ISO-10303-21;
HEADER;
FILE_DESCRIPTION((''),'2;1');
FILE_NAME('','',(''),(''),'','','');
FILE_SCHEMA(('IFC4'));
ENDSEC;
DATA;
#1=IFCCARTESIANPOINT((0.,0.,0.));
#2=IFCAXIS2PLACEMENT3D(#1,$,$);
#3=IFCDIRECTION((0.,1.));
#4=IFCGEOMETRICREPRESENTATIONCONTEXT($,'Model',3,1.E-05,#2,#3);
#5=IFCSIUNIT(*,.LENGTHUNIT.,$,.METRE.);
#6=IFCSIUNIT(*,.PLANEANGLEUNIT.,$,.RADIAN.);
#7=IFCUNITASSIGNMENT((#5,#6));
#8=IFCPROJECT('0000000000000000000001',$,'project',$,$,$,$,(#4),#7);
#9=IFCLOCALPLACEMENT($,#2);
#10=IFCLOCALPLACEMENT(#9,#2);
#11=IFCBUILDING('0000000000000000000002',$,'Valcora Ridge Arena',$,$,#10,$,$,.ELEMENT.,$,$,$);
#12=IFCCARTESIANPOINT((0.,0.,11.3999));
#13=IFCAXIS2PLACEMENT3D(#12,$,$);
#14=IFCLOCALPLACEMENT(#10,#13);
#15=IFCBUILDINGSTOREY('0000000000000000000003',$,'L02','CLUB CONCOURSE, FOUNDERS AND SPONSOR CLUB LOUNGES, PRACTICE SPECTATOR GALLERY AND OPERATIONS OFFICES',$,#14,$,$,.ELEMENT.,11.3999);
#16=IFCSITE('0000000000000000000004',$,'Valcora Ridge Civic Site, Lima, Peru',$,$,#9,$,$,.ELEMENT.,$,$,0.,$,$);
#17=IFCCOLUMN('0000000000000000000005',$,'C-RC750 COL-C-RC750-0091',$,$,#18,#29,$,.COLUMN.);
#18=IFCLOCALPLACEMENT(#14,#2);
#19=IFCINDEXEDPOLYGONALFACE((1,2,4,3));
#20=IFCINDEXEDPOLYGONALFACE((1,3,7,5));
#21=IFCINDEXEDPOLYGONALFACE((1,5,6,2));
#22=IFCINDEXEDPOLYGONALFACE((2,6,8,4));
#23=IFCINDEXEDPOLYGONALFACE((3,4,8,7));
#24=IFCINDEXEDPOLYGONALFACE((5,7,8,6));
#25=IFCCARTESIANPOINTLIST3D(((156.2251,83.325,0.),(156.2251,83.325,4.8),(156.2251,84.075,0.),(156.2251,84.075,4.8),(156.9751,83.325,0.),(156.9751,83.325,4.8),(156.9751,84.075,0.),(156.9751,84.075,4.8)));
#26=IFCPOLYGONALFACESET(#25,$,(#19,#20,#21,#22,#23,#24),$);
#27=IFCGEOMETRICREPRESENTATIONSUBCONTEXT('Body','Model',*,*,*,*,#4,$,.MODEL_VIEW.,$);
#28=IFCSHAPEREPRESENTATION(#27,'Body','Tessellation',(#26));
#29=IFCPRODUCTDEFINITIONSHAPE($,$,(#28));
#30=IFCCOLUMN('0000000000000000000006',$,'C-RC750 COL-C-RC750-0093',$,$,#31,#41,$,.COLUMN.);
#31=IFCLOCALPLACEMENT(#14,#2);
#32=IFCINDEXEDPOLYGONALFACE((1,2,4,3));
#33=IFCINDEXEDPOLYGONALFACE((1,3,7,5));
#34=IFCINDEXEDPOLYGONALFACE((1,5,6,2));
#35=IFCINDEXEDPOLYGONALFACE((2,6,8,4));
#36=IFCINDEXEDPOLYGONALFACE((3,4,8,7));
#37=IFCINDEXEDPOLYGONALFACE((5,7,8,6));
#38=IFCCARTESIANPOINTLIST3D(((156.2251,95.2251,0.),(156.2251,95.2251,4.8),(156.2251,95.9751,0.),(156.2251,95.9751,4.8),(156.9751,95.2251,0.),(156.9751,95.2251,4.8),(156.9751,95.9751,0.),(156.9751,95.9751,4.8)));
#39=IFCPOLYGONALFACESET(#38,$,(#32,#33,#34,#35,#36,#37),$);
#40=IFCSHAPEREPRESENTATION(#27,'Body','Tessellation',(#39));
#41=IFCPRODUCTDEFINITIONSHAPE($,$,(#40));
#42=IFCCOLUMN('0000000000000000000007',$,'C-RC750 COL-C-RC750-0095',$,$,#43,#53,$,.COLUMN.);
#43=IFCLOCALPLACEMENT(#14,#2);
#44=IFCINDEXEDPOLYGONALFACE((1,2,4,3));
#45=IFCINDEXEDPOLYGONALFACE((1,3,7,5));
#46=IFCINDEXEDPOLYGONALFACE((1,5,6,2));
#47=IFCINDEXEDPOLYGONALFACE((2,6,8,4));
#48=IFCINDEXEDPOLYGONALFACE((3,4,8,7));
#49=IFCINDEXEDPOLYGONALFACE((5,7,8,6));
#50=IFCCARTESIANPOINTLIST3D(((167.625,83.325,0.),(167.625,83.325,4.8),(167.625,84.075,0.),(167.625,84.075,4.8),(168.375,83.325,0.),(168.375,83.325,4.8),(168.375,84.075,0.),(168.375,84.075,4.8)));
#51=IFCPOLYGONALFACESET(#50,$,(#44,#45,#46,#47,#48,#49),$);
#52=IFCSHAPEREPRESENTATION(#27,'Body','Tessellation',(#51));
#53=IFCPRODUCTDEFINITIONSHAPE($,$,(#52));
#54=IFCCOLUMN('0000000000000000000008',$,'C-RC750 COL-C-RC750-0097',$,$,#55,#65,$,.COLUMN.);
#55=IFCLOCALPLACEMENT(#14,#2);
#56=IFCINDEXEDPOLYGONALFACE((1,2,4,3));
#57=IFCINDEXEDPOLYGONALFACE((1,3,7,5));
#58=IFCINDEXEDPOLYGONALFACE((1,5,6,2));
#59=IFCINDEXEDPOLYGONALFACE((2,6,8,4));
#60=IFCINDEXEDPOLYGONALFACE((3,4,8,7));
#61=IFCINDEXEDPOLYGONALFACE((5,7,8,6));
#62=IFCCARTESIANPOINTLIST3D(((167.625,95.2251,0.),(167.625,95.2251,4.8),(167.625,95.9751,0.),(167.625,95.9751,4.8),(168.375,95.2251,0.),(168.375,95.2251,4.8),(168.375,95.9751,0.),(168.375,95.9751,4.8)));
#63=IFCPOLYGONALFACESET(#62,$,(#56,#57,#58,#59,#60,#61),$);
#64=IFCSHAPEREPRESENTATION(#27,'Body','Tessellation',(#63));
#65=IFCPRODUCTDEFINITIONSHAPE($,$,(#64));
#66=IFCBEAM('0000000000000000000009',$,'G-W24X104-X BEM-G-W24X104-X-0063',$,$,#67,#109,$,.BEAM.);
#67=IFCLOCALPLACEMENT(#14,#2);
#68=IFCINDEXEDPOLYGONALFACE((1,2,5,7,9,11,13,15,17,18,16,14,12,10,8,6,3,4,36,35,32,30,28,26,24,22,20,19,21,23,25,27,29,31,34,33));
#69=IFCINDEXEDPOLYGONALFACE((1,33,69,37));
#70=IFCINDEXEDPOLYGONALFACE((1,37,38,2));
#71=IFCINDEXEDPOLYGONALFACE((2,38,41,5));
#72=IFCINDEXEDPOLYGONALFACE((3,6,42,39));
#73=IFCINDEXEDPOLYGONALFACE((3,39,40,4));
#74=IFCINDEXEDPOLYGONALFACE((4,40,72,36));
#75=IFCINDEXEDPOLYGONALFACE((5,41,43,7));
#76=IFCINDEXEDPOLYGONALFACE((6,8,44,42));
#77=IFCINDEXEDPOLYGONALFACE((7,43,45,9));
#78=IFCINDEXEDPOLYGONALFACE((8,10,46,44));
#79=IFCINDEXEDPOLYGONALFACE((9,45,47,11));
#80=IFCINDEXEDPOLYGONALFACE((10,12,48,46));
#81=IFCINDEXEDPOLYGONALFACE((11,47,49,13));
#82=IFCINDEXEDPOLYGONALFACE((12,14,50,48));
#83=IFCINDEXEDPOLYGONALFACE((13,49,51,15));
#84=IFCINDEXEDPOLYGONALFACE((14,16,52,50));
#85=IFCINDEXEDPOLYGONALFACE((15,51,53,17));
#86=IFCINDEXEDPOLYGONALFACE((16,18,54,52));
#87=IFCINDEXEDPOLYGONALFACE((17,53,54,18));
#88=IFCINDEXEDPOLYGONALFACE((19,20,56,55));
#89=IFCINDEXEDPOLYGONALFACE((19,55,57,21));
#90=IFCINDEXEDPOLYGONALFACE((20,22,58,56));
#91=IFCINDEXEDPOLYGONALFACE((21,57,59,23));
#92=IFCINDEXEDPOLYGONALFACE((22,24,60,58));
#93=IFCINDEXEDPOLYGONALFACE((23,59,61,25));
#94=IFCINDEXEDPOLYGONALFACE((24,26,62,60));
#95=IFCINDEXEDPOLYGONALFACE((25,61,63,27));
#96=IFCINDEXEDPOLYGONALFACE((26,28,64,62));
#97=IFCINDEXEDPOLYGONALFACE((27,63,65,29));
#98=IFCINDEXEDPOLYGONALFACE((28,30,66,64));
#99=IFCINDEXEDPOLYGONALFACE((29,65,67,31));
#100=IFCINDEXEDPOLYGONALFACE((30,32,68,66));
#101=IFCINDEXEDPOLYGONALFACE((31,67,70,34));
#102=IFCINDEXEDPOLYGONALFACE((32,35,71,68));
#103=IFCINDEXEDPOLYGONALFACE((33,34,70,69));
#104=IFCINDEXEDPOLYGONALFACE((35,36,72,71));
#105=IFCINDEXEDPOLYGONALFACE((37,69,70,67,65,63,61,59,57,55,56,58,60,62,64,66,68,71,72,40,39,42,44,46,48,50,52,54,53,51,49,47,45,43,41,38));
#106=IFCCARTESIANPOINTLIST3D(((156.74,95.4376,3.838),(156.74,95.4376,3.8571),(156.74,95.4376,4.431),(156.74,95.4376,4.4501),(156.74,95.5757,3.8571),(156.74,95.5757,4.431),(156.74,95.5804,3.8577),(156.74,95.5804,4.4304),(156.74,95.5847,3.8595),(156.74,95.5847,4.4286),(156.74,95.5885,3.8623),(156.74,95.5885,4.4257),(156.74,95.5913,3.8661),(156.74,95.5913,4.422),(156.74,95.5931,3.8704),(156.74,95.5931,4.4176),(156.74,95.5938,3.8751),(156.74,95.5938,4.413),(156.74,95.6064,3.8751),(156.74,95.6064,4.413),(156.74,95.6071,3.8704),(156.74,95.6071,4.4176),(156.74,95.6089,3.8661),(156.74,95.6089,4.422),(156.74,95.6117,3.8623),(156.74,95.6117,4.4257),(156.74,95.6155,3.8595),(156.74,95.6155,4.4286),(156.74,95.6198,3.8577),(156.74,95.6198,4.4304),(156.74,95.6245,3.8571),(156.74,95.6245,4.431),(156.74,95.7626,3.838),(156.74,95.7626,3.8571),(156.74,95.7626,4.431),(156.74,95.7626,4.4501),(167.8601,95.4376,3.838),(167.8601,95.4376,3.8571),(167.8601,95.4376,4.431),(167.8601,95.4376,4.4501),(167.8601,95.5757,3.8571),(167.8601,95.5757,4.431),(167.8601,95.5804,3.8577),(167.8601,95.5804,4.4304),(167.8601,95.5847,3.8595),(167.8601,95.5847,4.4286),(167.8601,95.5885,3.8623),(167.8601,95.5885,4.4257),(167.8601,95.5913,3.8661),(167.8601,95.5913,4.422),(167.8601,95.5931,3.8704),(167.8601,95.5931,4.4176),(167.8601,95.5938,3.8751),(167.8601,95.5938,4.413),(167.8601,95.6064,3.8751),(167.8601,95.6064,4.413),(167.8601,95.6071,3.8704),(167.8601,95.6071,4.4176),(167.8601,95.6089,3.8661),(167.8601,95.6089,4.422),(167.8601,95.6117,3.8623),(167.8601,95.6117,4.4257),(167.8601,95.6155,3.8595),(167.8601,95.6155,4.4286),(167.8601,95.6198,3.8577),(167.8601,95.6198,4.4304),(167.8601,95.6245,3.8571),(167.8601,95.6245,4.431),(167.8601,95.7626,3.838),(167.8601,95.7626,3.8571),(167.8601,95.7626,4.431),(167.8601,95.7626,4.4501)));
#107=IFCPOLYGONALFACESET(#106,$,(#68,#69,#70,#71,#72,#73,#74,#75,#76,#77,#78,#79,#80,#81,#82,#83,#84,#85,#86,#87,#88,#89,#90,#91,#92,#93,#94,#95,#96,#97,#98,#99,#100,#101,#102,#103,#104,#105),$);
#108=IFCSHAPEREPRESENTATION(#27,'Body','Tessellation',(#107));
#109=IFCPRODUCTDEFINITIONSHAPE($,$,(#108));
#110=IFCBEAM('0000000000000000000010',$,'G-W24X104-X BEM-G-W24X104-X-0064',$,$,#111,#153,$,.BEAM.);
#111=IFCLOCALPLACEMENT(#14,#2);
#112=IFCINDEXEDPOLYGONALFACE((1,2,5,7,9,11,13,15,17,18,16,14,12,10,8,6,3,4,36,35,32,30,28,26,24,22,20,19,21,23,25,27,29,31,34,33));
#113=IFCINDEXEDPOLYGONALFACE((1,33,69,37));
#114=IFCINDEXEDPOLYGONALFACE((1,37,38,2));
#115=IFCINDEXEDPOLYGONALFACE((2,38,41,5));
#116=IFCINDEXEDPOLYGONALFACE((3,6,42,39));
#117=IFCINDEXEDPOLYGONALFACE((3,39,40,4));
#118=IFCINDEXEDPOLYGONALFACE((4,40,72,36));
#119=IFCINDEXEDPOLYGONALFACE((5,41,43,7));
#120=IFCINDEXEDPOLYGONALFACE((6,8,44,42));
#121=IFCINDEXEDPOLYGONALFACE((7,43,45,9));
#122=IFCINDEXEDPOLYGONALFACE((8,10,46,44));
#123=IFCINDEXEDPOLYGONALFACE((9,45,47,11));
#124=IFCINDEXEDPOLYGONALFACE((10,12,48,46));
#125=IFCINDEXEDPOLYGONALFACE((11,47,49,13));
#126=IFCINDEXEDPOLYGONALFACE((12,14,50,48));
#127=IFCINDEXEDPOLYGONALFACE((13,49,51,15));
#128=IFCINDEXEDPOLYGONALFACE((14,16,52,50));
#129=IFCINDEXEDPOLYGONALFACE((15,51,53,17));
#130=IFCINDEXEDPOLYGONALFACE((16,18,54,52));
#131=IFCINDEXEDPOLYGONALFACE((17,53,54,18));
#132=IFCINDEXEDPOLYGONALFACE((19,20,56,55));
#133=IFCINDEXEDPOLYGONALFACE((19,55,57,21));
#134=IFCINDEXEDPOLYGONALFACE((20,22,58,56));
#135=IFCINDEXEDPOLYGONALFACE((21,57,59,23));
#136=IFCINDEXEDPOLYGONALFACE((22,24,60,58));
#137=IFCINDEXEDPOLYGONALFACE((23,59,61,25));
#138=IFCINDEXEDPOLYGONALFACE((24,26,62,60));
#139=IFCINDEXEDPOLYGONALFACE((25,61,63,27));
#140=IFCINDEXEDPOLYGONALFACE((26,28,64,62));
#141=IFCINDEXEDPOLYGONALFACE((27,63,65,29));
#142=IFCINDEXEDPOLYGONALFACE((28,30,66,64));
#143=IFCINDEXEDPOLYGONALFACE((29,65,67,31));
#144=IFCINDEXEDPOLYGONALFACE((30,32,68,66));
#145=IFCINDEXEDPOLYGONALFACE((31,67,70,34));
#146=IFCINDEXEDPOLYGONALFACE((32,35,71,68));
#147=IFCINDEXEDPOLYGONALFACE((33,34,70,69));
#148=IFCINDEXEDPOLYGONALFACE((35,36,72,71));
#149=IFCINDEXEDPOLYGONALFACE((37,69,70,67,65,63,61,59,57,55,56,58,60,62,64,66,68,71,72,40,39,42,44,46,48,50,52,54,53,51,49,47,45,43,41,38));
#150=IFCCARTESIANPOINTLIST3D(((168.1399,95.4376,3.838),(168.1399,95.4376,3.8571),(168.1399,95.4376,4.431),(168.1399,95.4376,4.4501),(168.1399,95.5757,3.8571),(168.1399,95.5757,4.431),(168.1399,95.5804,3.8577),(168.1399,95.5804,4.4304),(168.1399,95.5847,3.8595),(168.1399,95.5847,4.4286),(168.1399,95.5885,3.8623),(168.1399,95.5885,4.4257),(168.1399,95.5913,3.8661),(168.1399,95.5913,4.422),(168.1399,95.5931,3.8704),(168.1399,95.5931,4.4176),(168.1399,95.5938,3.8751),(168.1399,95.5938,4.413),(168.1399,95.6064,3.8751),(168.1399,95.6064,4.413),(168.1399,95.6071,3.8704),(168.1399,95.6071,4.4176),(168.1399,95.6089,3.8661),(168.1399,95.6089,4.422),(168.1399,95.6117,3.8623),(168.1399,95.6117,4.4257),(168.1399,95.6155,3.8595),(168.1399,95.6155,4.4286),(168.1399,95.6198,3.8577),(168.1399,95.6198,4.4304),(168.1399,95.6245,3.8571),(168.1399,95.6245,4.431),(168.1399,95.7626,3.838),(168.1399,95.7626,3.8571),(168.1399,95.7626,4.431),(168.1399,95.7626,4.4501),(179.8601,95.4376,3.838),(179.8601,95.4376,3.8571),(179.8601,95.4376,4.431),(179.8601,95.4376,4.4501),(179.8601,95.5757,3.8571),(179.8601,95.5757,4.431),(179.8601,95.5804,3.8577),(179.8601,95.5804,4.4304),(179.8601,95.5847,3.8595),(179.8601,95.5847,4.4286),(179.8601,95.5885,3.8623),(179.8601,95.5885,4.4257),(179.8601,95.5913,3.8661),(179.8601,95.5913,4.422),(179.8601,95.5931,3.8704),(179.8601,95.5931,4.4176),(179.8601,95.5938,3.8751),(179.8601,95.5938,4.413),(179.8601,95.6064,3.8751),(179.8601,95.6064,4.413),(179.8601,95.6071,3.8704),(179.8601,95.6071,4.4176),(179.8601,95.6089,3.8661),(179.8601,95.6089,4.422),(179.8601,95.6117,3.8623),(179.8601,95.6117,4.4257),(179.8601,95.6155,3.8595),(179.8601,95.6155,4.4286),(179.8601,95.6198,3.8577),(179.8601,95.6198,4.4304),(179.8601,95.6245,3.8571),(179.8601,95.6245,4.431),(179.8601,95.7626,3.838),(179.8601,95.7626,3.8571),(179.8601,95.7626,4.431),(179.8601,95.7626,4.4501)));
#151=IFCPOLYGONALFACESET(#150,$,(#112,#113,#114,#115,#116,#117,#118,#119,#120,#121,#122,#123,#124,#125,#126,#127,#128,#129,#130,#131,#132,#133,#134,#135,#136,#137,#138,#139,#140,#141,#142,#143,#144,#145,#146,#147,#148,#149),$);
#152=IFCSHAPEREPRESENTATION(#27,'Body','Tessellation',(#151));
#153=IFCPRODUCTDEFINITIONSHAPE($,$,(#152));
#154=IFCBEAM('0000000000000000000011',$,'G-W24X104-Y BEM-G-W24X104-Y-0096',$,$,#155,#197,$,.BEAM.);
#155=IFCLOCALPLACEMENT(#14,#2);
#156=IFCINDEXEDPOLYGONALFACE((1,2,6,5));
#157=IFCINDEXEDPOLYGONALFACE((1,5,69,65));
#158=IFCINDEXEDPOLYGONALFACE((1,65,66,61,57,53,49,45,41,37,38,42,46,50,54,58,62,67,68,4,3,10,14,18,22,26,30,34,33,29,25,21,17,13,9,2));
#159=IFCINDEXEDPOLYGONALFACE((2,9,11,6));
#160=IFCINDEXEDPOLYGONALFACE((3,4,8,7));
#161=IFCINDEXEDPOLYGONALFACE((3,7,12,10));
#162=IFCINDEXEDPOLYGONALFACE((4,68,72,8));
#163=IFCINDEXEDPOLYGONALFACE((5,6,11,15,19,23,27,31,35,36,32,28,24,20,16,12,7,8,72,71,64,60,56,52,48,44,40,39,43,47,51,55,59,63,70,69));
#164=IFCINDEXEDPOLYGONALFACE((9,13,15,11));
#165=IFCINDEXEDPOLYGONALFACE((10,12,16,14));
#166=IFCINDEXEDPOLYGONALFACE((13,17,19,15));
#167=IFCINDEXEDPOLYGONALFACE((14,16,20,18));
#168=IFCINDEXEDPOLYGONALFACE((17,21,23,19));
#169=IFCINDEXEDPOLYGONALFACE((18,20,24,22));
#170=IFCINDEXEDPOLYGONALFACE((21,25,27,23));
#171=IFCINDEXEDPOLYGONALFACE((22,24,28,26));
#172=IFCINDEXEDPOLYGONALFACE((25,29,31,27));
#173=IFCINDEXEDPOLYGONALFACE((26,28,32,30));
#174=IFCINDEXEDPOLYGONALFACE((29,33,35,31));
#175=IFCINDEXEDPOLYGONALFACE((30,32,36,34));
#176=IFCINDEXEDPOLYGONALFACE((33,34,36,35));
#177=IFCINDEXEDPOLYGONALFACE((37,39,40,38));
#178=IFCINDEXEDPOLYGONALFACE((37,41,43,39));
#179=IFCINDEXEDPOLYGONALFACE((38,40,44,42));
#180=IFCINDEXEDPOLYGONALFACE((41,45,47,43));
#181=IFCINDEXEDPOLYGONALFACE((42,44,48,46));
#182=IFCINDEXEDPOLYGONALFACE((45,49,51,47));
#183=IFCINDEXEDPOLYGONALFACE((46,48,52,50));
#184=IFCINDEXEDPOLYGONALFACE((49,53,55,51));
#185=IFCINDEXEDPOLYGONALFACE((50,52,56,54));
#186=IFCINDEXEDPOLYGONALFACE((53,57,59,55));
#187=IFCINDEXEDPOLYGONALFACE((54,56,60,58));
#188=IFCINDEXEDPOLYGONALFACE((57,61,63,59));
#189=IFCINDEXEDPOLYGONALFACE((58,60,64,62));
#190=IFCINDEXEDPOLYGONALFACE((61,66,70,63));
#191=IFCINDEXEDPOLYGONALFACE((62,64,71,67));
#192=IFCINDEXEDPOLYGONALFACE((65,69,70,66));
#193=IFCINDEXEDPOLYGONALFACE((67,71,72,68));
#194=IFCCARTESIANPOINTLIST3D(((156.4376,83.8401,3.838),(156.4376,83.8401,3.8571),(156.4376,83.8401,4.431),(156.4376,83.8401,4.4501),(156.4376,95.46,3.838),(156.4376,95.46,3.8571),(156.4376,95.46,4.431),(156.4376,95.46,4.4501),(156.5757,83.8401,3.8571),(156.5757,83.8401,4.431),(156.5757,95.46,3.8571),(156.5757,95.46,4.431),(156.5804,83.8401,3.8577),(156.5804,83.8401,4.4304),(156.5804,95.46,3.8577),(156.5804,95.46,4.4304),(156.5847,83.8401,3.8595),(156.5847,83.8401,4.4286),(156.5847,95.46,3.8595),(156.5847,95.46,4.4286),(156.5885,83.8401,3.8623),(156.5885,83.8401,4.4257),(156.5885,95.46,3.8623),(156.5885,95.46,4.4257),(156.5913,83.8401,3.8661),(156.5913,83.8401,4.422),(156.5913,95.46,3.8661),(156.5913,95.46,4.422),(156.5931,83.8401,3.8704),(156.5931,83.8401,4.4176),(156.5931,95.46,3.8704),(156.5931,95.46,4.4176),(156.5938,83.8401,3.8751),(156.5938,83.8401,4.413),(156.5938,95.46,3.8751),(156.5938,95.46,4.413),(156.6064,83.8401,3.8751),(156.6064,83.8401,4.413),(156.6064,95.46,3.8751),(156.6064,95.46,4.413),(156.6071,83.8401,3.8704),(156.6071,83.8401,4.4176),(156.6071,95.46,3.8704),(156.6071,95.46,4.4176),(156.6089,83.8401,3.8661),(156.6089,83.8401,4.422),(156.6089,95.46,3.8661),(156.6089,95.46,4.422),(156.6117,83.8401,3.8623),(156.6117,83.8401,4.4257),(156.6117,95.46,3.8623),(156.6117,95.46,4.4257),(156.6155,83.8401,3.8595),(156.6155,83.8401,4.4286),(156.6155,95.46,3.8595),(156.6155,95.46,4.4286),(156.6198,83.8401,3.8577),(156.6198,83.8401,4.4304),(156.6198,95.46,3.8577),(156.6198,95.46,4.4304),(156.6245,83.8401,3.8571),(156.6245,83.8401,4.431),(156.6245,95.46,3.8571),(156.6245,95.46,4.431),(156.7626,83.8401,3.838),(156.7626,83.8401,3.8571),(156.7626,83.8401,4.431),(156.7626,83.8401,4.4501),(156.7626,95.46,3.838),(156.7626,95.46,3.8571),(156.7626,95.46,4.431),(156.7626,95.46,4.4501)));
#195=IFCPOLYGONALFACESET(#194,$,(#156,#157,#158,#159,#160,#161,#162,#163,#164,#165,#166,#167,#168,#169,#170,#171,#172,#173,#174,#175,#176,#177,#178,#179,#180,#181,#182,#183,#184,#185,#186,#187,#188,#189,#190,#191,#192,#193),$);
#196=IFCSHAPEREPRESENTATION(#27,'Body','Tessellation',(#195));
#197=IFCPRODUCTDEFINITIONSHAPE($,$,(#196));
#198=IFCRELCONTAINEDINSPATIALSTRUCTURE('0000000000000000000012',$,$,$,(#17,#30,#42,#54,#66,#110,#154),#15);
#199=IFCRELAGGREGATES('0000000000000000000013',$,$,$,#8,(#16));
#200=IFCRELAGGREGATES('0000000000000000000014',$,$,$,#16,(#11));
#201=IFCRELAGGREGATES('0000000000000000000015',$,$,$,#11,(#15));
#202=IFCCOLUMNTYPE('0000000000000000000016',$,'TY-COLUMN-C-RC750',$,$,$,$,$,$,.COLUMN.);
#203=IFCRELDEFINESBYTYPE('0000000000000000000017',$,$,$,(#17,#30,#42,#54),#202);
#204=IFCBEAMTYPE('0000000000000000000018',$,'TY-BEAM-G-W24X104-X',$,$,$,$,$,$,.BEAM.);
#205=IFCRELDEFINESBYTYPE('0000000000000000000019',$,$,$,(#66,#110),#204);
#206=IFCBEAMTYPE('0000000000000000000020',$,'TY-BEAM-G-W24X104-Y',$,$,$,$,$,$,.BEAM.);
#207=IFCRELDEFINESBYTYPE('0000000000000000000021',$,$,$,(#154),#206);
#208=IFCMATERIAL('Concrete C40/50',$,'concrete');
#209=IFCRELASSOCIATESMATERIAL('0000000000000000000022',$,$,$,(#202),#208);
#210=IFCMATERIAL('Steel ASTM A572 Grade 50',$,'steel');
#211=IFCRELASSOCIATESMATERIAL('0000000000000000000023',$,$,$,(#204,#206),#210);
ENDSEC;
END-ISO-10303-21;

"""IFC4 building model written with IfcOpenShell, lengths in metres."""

from ifc_helpers import new_model, si_unit, direction, frame, origin, origin_2d, place, context, subcontext, project, spatial, rectangle, i_section, extrude, material, material_profile, profile_set, type_object, element, save


model = new_model("IFC4")

# Units and contexts
model_context = context("Model", 3, precision=1e-05, world=origin(), true_north=direction((0.0, 1.0)))
body_context = subcontext(model_context, "Body", "Model", "MODEL_VIEW")
ifc_project = project(units=[si_unit("LENGTHUNIT", "METRE"), si_unit("PLANEANGLEUNIT", "RADIAN")], contexts=[model_context])

# Site, building, storey
site_placement = place(None, origin())
site = spatial("IfcSite", under=ifc_project, at=site_placement, Name="Valcora Ridge Civic Site, Lima, Peru", CompositionType="ELEMENT", RefElevation=0.0)
building_placement = place(site_placement, origin())
building = spatial("IfcBuilding", under=site, at=building_placement, Name="Valcora Ridge Arena", CompositionType="ELEMENT")
storey_placement = place(building_placement, frame((0.0, 0.0, 11.3999)))
storey = spatial("IfcBuildingStorey", under=building, at=storey_placement, Name="L02", Description="CLUB CONCOURSE, FOUNDERS AND SPONSOR CLUB LOUNGES, PRACTICE SPECTATOR GALLERY AND OPERATIONS OFFICES", CompositionType="ELEMENT", Elevation=11.3999)

# Columns
ifc_material_1 = material(Name="Concrete C40/50", Category="concrete")
ifc_material_profile_1 = material_profile(ifc_material_1, rectangle(XDim=0.75, YDim=0.75, at=origin_2d()), Name="RC 750x750")
ifc_profile_set_1 = profile_set([ifc_material_profile_1], Name="Concrete C40/50")
column_type = type_object("IfcColumnType", Name="TY-COLUMN-C-RC750", PredefinedType="COLUMN", material=ifc_profile_set_1)
for number, where, z_axis, x_axis, name in (
    (1, (156.6001, 83.7, 0.0), (0.0, 0.0, 1.0), (1.0, 0.0, 0.0), "C-RC750 COL-C-RC750-0091"),
    (2, (156.6001, 95.6001, 0.0), (0.0, 0.0, 1.0), (1.0, 0.0, 0.0), "C-RC750 COL-C-RC750-0093"),
    (3, (168.0, 83.7, 0.0), (0.0, 0.0, 1.0), (1.0, 0.0, 0.0), "C-RC750 COL-C-RC750-0095"),
    (4, (168.0, 95.6001, 0.0), (0.0, 0.0, 1.0), (1.0, 0.0, 0.0), "C-RC750 COL-C-RC750-0097"),
):
    element("IfcColumn", number, at=place(storey_placement, frame(where, z_axis=z_axis, x_axis=x_axis)), inside=storey, type_object=column_type, Name=name, PredefinedType="COLUMN", context=body_context, shape_type="SweptSolid", body=[
        extrude(rectangle(XDim=0.75, YDim=0.75, at=origin_2d()), origin(), (0.0, 0.0, 1.0), 4.8),
    ])

# Beams
ifc_material_2 = material(Name="Steel ASTM A572 Grade 50", Category="steel")
ifc_material_profile_2 = material_profile(ifc_material_2, i_section(OverallWidth=0.325, OverallDepth=0.6121, WebThickness=0.0127, FlangeThickness=0.019, FilletRadius=0.0181, at=origin_2d()), Name="W24X104")
ifc_profile_set_2 = profile_set([ifc_material_profile_2], Name="Steel ASTM A572 Grade 50")
beam_type_1 = type_object("IfcBeamType", Name="TY-BEAM-G-W24X104-X", PredefinedType="BEAM", material=ifc_profile_set_2)
beam_1_placement = place(storey_placement, frame((156.74, 95.6001, 4.144), z_axis=(1.0, 0.0, 0.0), x_axis=(0.0, 1.0, 0.0)))
element("IfcBeam", 5, at=beam_1_placement, inside=storey, type_object=beam_type_1, Name="G-W24X104-X BEM-G-W24X104-X-0063", PredefinedType="BEAM", context=body_context, shape_type="SweptSolid", body=[
    extrude(i_section(OverallWidth=0.325, OverallDepth=0.6121, WebThickness=0.0127, FlangeThickness=0.019, FilletRadius=0.0181, at=origin_2d()), origin(), (0.0, 0.0, 1.0), 11.1201),
])
beam_2_placement = place(storey_placement, frame((168.1399, 95.6001, 4.144), z_axis=(1.0, 0.0, 0.0), x_axis=(0.0, 1.0, 0.0)))
element("IfcBeam", 6, at=beam_2_placement, inside=storey, type_object=beam_type_1, Name="G-W24X104-X BEM-G-W24X104-X-0064", PredefinedType="BEAM", context=body_context, shape_type="SweptSolid", body=[
    extrude(i_section(OverallWidth=0.325, OverallDepth=0.6121, WebThickness=0.0127, FlangeThickness=0.019, FilletRadius=0.0181, at=origin_2d()), origin(), (0.0, 0.0, 1.0), 11.7202),
])
ifc_material_profile_3 = material_profile(ifc_material_2, i_section(OverallWidth=0.325, OverallDepth=0.6121, WebThickness=0.0127, FlangeThickness=0.019, FilletRadius=0.0181, at=origin_2d()), Name="W24X104")
ifc_profile_set_3 = profile_set([ifc_material_profile_3], Name="Steel ASTM A572 Grade 50")
beam_type_2 = type_object("IfcBeamType", Name="TY-BEAM-G-W24X104-Y", PredefinedType="BEAM", material=ifc_profile_set_3)
for number, where, z_axis, x_axis, name in (
    (7, (156.6001, 83.8401, 4.144), (0.0, 1.0, 0.0), (-1.0, 0.0, 0.0), "G-W24X104-Y BEM-G-W24X104-Y-0096"),
):
    element("IfcBeam", number, at=place(storey_placement, frame(where, z_axis=z_axis, x_axis=x_axis)), inside=storey, type_object=beam_type_2, Name=name, PredefinedType="BEAM", context=body_context, shape_type="SweptSolid", body=[
        extrude(i_section(OverallWidth=0.325, OverallDepth=0.6121, WebThickness=0.0127, FlangeThickness=0.019, FilletRadius=0.0181, at=origin_2d()), origin(), (0.0, 0.0, 1.0), 11.6199),
    ])

save(model, "model.ifc")
